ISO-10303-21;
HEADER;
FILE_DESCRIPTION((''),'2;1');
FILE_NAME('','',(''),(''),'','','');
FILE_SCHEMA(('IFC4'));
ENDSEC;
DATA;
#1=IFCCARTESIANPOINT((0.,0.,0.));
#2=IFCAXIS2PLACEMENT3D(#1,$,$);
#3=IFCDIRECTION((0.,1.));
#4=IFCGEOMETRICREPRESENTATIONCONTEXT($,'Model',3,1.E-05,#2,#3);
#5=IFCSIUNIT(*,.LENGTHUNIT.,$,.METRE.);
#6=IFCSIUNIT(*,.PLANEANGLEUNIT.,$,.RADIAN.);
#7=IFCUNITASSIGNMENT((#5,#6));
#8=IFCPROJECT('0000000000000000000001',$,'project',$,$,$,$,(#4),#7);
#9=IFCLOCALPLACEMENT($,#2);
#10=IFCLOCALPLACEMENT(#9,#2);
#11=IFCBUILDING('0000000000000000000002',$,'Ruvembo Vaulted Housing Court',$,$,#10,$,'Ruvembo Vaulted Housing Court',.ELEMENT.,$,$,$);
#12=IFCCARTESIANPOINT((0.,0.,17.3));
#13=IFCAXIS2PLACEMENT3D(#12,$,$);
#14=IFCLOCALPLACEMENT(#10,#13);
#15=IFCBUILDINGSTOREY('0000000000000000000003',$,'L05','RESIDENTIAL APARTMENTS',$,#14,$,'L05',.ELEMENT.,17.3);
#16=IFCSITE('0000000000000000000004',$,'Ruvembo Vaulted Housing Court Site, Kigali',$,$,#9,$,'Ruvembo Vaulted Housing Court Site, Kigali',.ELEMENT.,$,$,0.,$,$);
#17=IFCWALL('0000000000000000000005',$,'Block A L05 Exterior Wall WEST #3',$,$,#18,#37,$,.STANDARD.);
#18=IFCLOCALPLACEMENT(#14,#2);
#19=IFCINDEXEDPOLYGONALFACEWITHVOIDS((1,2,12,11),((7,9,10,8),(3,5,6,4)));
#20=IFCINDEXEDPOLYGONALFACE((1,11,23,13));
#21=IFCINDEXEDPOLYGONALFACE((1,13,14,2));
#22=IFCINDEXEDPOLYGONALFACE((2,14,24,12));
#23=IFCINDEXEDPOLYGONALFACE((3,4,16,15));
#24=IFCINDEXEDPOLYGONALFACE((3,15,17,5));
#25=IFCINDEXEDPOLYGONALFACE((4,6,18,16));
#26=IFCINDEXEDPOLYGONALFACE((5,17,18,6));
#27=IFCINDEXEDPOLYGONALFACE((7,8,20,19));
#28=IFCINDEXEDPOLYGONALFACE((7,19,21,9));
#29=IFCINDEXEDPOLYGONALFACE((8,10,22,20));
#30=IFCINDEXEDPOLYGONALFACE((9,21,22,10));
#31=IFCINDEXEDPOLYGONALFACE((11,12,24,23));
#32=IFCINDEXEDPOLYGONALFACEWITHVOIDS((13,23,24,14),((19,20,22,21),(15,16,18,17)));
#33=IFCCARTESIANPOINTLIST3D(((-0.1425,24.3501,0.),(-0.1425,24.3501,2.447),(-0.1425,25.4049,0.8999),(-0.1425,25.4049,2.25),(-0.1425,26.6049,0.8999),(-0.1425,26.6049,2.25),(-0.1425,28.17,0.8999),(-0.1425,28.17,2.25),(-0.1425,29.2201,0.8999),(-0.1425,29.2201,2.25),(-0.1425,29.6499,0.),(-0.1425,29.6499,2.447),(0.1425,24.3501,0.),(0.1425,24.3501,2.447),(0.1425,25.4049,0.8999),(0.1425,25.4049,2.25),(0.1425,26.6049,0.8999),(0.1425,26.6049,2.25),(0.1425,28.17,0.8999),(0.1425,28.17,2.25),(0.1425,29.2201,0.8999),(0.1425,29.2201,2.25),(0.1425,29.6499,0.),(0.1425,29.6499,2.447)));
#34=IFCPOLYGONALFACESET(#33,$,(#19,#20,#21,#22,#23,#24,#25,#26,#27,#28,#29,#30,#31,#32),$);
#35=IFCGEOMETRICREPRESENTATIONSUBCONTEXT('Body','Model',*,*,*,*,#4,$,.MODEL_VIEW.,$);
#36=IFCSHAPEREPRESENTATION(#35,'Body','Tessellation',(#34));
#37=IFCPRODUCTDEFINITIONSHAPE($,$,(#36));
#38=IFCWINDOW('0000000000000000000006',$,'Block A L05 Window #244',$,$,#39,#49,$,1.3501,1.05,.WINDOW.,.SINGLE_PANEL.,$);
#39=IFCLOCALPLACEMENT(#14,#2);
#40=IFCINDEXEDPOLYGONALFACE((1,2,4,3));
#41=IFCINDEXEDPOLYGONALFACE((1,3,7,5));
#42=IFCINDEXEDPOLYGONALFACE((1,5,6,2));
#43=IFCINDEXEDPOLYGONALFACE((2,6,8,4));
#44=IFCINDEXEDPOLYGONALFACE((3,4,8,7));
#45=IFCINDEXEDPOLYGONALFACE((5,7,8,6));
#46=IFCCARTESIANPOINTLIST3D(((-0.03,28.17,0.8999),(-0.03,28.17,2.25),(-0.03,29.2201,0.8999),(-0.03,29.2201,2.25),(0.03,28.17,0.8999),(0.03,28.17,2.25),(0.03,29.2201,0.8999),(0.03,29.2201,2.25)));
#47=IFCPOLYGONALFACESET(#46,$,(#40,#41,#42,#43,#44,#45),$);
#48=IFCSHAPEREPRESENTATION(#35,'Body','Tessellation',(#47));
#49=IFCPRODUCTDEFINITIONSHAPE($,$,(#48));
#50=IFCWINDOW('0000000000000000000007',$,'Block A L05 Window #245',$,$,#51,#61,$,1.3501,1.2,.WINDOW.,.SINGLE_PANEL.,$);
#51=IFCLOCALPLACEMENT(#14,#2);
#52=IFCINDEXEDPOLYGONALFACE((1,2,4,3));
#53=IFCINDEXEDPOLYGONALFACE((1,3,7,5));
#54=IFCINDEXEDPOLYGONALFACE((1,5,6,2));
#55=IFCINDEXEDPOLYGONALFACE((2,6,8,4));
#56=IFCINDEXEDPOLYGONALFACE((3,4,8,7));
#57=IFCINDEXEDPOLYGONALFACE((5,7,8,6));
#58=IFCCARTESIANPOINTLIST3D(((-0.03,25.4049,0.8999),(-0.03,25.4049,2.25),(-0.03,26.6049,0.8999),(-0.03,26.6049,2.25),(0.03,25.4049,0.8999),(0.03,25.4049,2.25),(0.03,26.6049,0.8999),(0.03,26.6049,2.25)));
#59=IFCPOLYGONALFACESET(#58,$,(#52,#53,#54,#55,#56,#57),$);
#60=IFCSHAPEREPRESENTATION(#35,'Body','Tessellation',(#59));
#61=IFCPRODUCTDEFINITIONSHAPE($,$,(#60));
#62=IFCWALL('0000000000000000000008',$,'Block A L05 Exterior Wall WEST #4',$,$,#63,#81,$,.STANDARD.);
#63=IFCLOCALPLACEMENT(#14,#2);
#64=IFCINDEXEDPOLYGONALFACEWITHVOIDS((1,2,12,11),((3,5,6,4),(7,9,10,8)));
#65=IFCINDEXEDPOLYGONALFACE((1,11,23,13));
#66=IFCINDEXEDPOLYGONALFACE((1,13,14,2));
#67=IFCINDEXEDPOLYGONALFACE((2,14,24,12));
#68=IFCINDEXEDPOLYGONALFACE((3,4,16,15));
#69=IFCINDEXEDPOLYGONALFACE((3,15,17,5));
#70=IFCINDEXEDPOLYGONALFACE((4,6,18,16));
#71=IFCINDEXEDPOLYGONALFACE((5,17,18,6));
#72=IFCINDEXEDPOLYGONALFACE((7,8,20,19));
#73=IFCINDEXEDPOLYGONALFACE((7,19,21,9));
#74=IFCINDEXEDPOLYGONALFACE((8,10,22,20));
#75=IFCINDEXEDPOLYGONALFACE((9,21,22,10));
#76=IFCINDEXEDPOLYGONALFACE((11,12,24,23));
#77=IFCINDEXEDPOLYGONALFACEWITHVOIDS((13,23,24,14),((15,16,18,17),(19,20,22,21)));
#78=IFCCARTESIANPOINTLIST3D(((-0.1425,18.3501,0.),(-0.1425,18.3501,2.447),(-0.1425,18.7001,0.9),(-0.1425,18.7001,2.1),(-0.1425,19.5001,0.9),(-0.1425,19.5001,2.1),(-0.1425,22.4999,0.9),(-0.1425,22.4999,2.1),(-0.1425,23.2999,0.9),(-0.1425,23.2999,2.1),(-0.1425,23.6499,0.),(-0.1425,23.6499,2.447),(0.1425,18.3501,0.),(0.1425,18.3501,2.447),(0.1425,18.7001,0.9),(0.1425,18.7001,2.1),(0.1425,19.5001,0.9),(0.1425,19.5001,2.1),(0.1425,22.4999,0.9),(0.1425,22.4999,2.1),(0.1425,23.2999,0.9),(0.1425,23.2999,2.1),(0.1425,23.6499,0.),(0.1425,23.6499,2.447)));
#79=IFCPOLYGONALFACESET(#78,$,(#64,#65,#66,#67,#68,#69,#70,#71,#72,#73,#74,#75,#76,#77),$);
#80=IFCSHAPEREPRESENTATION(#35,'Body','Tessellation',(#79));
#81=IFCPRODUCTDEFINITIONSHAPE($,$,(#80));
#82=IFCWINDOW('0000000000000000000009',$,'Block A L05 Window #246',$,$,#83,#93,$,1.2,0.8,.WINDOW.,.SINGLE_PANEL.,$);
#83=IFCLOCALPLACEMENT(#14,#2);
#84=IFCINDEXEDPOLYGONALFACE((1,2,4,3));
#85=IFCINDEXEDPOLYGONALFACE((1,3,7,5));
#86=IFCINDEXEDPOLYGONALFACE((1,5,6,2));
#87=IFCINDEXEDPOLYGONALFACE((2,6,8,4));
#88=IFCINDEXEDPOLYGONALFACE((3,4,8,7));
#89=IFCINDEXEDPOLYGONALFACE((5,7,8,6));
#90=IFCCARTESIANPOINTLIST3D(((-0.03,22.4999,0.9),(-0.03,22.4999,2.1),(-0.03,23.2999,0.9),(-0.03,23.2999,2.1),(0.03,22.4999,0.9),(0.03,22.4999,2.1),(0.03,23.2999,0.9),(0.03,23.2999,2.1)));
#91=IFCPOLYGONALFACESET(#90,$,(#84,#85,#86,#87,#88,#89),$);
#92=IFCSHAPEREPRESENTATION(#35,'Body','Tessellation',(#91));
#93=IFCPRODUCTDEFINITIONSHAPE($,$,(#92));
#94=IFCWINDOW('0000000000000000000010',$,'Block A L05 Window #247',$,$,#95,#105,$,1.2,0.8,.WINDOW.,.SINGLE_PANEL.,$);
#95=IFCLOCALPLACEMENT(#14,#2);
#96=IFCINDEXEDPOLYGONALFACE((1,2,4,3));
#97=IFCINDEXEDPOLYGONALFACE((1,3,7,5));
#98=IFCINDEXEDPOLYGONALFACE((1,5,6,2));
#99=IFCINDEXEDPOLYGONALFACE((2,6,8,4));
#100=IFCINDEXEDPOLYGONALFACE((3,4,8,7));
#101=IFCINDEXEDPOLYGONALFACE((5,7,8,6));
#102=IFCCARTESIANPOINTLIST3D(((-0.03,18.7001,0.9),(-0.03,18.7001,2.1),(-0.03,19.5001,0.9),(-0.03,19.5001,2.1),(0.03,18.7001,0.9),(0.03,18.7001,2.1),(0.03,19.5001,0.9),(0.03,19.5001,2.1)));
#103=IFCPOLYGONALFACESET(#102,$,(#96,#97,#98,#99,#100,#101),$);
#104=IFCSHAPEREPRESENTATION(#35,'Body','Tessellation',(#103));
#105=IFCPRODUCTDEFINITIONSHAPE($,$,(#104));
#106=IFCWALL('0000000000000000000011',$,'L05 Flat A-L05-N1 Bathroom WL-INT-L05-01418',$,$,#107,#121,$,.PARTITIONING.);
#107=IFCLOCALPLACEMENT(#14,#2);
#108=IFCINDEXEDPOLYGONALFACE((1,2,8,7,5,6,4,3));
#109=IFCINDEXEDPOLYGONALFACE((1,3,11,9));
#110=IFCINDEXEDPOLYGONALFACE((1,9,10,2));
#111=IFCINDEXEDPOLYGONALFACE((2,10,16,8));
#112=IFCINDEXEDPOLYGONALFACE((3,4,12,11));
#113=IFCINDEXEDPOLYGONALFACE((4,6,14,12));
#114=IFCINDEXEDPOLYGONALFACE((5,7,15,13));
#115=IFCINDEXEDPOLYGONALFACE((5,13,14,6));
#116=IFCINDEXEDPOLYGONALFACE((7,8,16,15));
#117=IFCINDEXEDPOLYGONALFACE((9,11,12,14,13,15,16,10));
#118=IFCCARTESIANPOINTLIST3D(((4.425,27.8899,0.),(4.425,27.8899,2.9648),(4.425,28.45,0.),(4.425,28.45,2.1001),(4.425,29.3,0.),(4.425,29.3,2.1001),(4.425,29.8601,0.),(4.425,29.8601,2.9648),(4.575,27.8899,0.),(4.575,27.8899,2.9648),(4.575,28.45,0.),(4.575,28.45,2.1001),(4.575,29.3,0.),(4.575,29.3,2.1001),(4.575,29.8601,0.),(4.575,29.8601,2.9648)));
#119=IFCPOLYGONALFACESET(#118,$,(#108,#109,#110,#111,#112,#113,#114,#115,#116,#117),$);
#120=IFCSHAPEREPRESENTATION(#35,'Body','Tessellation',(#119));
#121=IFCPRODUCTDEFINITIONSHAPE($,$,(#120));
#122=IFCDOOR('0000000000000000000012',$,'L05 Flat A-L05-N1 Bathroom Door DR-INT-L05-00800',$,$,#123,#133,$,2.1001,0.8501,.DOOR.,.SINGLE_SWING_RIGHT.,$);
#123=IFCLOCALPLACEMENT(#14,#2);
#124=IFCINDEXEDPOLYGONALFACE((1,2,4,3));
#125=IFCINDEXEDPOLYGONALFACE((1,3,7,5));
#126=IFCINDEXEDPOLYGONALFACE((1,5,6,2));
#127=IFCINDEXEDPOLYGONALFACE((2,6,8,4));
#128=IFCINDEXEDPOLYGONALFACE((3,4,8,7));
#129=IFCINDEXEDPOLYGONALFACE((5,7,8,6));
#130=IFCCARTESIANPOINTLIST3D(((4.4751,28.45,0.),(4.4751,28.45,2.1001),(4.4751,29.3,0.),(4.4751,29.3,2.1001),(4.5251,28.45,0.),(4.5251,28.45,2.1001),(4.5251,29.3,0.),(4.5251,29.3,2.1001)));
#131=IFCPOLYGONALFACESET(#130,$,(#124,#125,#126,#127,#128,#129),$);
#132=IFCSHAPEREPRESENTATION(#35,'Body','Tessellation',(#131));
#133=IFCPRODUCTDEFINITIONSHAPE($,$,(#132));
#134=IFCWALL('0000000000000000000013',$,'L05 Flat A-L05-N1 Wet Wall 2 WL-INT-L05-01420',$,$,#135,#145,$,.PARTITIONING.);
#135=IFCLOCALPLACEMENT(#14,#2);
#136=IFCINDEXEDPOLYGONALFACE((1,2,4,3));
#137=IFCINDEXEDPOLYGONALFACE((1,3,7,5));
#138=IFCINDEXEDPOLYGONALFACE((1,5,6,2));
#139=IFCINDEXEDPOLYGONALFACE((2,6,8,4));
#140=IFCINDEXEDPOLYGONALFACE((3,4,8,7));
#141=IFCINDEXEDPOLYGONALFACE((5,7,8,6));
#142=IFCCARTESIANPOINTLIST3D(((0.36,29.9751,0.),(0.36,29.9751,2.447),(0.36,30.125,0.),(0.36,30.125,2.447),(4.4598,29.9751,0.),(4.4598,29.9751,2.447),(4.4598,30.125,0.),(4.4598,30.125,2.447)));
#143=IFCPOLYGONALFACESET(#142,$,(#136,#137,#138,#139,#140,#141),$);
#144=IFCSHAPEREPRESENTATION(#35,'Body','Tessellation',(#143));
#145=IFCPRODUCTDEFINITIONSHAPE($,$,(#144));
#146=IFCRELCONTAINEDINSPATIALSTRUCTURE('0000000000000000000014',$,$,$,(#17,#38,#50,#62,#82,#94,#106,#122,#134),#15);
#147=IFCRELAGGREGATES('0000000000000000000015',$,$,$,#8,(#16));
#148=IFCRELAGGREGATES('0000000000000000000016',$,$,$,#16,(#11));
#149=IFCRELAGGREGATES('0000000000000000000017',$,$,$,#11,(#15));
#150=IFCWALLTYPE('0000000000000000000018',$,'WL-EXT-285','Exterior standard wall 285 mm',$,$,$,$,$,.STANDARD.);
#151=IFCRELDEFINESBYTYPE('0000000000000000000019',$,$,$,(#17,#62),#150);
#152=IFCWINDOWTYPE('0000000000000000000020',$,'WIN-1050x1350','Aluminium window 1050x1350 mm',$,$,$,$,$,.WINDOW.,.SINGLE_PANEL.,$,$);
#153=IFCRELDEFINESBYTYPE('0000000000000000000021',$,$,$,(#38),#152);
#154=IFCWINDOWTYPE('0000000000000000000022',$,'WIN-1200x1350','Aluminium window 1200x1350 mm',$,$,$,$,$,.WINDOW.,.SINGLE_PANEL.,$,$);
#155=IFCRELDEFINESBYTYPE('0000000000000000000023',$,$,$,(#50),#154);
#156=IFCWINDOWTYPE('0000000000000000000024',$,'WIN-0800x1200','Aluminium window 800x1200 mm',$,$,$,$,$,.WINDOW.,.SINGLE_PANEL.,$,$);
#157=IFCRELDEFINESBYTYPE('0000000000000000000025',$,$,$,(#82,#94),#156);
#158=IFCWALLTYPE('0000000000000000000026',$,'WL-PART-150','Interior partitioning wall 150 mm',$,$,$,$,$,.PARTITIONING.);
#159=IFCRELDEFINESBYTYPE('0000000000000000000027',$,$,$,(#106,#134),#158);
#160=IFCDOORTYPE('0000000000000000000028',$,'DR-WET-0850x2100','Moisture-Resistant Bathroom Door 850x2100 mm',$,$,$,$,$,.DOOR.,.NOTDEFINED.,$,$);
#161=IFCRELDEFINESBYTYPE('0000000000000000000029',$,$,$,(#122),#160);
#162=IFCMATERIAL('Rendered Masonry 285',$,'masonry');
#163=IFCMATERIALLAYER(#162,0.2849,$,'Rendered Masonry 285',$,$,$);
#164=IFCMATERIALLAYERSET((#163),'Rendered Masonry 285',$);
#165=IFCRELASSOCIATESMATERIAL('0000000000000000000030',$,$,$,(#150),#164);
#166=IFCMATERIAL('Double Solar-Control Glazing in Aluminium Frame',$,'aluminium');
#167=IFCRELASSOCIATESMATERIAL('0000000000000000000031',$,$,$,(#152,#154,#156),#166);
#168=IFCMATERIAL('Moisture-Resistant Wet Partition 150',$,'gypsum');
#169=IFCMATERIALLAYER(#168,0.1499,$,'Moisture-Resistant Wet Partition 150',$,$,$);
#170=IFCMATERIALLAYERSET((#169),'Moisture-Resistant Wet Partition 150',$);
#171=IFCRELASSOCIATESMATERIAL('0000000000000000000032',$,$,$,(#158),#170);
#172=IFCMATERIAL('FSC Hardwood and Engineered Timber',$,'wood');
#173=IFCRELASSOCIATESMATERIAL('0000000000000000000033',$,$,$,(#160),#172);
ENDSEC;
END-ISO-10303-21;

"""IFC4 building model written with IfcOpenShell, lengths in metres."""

from ifc_helpers import new_model, si_unit, direction, frame, frame_2d, origin, place, context, subcontext, project, spatial, rectangle, extrude, material, layer, layer_set, type_object, element, fill, save


model = new_model("IFC4")

# Units and contexts
model_context = context("Model", 3, precision=1e-05, world=origin(), true_north=direction((0.0, 1.0)))
body_context = subcontext(model_context, "Body", "Model", "MODEL_VIEW")
ifc_project = project(units=[si_unit("LENGTHUNIT", "METRE"), si_unit("PLANEANGLEUNIT", "RADIAN")], contexts=[model_context])

# Site, building, storey
site_placement = place(None, origin())
site = spatial("IfcSite", under=ifc_project, at=site_placement, Name="Ruvembo Vaulted Housing Court Site, Kigali", LongName="Ruvembo Vaulted Housing Court Site, Kigali", CompositionType="ELEMENT", RefElevation=0.0)
building_placement = place(site_placement, origin())
building = spatial("IfcBuilding", under=site, at=building_placement, Name="Ruvembo Vaulted Housing Court", LongName="Ruvembo Vaulted Housing Court", CompositionType="ELEMENT")
storey_placement = place(building_placement, frame((0.0, 0.0, 17.3)))
storey = spatial("IfcBuildingStorey", under=building, at=storey_placement, Name="L05", Description="RESIDENTIAL APARTMENTS", LongName="L05", CompositionType="ELEMENT", Elevation=17.3)

# Shared definitions
ifc_material_1 = material(Name="FSC Hardwood and Engineered Timber", Category="wood")

# Walls, openings, windows
ifc_material_2 = material(Name="Rendered Masonry 285", Category="masonry")
ifc_layer_1 = layer(ifc_material_2, 0.2849, Name="Rendered Masonry 285")
ifc_layer_set_1 = layer_set([ifc_layer_1], Name="Rendered Masonry 285")
wall_type_1 = type_object("IfcWallType", Name="WL-EXT-285", Description="Exterior standard wall 285 mm", PredefinedType="STANDARD", material=ifc_layer_set_1)
wall_1_placement = place(storey_placement, frame((0.0, 29.6499, 0.0), z_axis=(0.0, 0.0, 1.0), x_axis=(0.0, -1.0, 0.0)))
wall_1 = element("IfcWall", 1, at=wall_1_placement, inside=storey, type_object=wall_type_1, Name="Block A L05 Exterior Wall WEST #3", PredefinedType="STANDARD", context=body_context, shape_type="SweptSolid", body=[
    extrude(rectangle(XDim=5.2998, YDim=0.2849, at=frame_2d((2.6499, 0.0))), origin(), (0.0, 0.0, 1.0), 2.447),
])
opening_1_placement = place(wall_1_placement, frame((0.4299, 0.0, 0.8999)))
opening_1 = element("IfcOpeningElement", 2, at=opening_1_placement, cuts=wall_1, PredefinedType="OPENING", context=body_context, shape_type="SweptSolid", body=[
    extrude(rectangle(XDim=1.05, YDim=1.3501, at=frame_2d((0.5249, 0.675))), frame((0.0, 0.1523, 0.0), z_axis=(0.0, -1.0, 0.0), x_axis=(1.0, 0.0, 0.0)), (0.0, 0.0, 1.0), 0.3049),
])
opening_2_placement = place(wall_1_placement, frame((3.0449, 0.0, 0.8999)))
opening_2 = element("IfcOpeningElement", 3, at=opening_2_placement, cuts=wall_1, PredefinedType="OPENING", context=body_context, shape_type="SweptSolid", body=[
    extrude(rectangle(XDim=1.2, YDim=1.3501, at=frame_2d((0.6001, 0.675))), frame((0.0, 0.1523, 0.0), z_axis=(0.0, -1.0, 0.0), x_axis=(1.0, 0.0, 0.0)), (0.0, 0.0, 1.0), 0.3049),
])
ifc_material_3 = material(Name="Double Solar-Control Glazing in Aluminium Frame", Category="aluminium")
window_type_1 = type_object("IfcWindowType", Name="WIN-1050x1350", Description="Aluminium window 1050x1350 mm", PartitioningType="SINGLE_PANEL", PredefinedType="WINDOW", material=ifc_material_3)
window_1_placement = place(opening_1_placement, origin())
window_1 = element("IfcWindow", 4, at=window_1_placement, inside=storey, type_object=window_type_1, Name="Block A L05 Window #244", OverallHeight=1.3501, OverallWidth=1.05, PartitioningType="SINGLE_PANEL", PredefinedType="WINDOW", context=body_context, shape_type="SweptSolid", body=[
    extrude(rectangle(XDim=1.05, YDim=1.3501, at=frame_2d((0.5249, 0.675))), frame((0.0, 0.03, 0.0), z_axis=(0.0, -1.0, 0.0), x_axis=(1.0, 0.0, 0.0)), (0.0, 0.0, 1.0), 0.0601),
])
fill(opening_1, window_1)
window_type_2 = type_object("IfcWindowType", Name="WIN-1200x1350", Description="Aluminium window 1200x1350 mm", PartitioningType="SINGLE_PANEL", PredefinedType="WINDOW", material=ifc_material_3)
window_2_placement = place(opening_2_placement, origin())
window_2 = element("IfcWindow", 5, at=window_2_placement, inside=storey, type_object=window_type_2, Name="Block A L05 Window #245", OverallHeight=1.3501, OverallWidth=1.2, PartitioningType="SINGLE_PANEL", PredefinedType="WINDOW", context=body_context, shape_type="SweptSolid", body=[
    extrude(rectangle(XDim=1.2, YDim=1.3501, at=frame_2d((0.6001, 0.675))), frame((0.0, 0.03, 0.0), z_axis=(0.0, -1.0, 0.0), x_axis=(1.0, 0.0, 0.0)), (0.0, 0.0, 1.0), 0.0601),
])
fill(opening_2, window_2)
wall_2_placement = place(storey_placement, frame((0.0, 23.6499, 0.0), z_axis=(0.0, 0.0, 1.0), x_axis=(0.0, -1.0, 0.0)))
wall_2 = element("IfcWall", 6, at=wall_2_placement, inside=storey, type_object=wall_type_1, Name="Block A L05 Exterior Wall WEST #4", PredefinedType="STANDARD", context=body_context, shape_type="SweptSolid", body=[
    extrude(rectangle(XDim=5.2998, YDim=0.2849, at=frame_2d((2.6499, 0.0))), origin(), (0.0, 0.0, 1.0), 2.447),
])
opening_3_placement = place(wall_2_placement, frame((0.3501, 0.0, 0.8999)))
opening_3 = element("IfcOpeningElement", 7, at=opening_3_placement, cuts=wall_2, PredefinedType="OPENING", context=body_context, shape_type="SweptSolid", body=[
    extrude(rectangle(XDim=0.8, YDim=1.2, at=frame_2d((0.3999, 0.6001))), frame((0.0, 0.1523, 0.0), z_axis=(0.0, -1.0, 0.0), x_axis=(1.0, 0.0, 0.0)), (0.0, 0.0, 1.0), 0.3049),
])
opening_4_placement = place(wall_2_placement, frame((4.1499, 0.0, 0.8999)))
opening_4 = element("IfcOpeningElement", 8, at=opening_4_placement, cuts=wall_2, PredefinedType="OPENING", context=body_context, shape_type="SweptSolid", body=[
    extrude(rectangle(XDim=0.8, YDim=1.2, at=frame_2d((0.3999, 0.6001))), frame((0.0, 0.1523, 0.0), z_axis=(0.0, -1.0, 0.0), x_axis=(1.0, 0.0, 0.0)), (0.0, 0.0, 1.0), 0.3049),
])
window_type_3 = type_object("IfcWindowType", Name="WIN-0800x1200", Description="Aluminium window 800x1200 mm", PartitioningType="SINGLE_PANEL", PredefinedType="WINDOW", material=ifc_material_3)
window_3_placement = place(opening_3_placement, origin())
window_3 = element("IfcWindow", 9, at=window_3_placement, inside=storey, type_object=window_type_3, Name="Block A L05 Window #246", OverallHeight=1.2, OverallWidth=0.8, PartitioningType="SINGLE_PANEL", PredefinedType="WINDOW", context=body_context, shape_type="SweptSolid", body=[
    extrude(rectangle(XDim=0.8, YDim=1.2, at=frame_2d((0.3999, 0.6001))), frame((0.0, 0.03, 0.0), z_axis=(0.0, -1.0, 0.0), x_axis=(1.0, 0.0, 0.0)), (0.0, 0.0, 1.0), 0.0601),
])
fill(opening_3, window_3)
window_4_placement = place(opening_4_placement, origin())
window_4 = element("IfcWindow", 10, at=window_4_placement, inside=storey, type_object=window_type_3, Name="Block A L05 Window #247", OverallHeight=1.2, OverallWidth=0.8, PartitioningType="SINGLE_PANEL", PredefinedType="WINDOW", context=body_context, shape_type="SweptSolid", body=[
    extrude(rectangle(XDim=0.8, YDim=1.2, at=frame_2d((0.3999, 0.6001))), frame((0.0, 0.03, 0.0), z_axis=(0.0, -1.0, 0.0), x_axis=(1.0, 0.0, 0.0)), (0.0, 0.0, 1.0), 0.0601),
])
fill(opening_4, window_4)

# Wall, opening, door
ifc_material_4 = material(Name="Moisture-Resistant Wet Partition 150", Category="gypsum")
ifc_layer_2 = layer(ifc_material_4, 0.1499, Name="Moisture-Resistant Wet Partition 150")
ifc_layer_set_2 = layer_set([ifc_layer_2], Name="Moisture-Resistant Wet Partition 150")
wall_type_2 = type_object("IfcWallType", Name="WL-PART-150", Description="Interior partitioning wall 150 mm", PredefinedType="PARTITIONING", material=ifc_layer_set_2)
wall_3_placement = place(storey_placement, frame((4.5, 27.8899, 0.0), z_axis=(0.0, 0.0, 1.0), x_axis=(0.0, 1.0, 0.0)))
wall_3 = element("IfcWall", 11, at=wall_3_placement, inside=storey, type_object=wall_type_2, Name="L05 Flat A-L05-N1 Bathroom WL-INT-L05-01418", PredefinedType="PARTITIONING", context=body_context, shape_type="SweptSolid", body=[
    extrude(rectangle(XDim=1.9702, YDim=0.1499, at=frame_2d((0.9851, 0.0))), origin(), (0.0, 0.0, 1.0), 2.9648),
])
opening_5_placement = place(wall_3_placement, frame((0.5601, 0.0, 0.0)))
opening_5 = element("IfcOpeningElement", 12, at=opening_5_placement, cuts=wall_3, PredefinedType="OPENING", context=body_context, shape_type="SweptSolid", body=[
    extrude(rectangle(XDim=0.8501, YDim=2.1001, at=frame_2d((0.425, 1.05))), frame((0.0, 0.085, 0.0), z_axis=(0.0, -1.0, 0.0), x_axis=(1.0, 0.0, 0.0)), (0.0, 0.0, 1.0), 0.1699),
])
door_type_1 = type_object("IfcDoorType", Name="DR-WET-0850x2100", Description="Moisture-Resistant Bathroom Door 850x2100 mm", OperationType="NOTDEFINED", PredefinedType="DOOR", material=ifc_material_1)
door_1_placement = place(opening_5_placement, origin())
door_1 = element("IfcDoor", 13, at=door_1_placement, inside=storey, type_object=door_type_1, Name="L05 Flat A-L05-N1 Bathroom Door DR-INT-L05-00800", OperationType="SINGLE_SWING_RIGHT", OverallHeight=2.1001, OverallWidth=0.8501, PredefinedType="DOOR", context=body_context, shape_type="SweptSolid", body=[
    extrude(rectangle(XDim=0.8501, YDim=2.1001, at=frame_2d((0.425, 1.05))), frame((0.0, 0.0249, 0.0), z_axis=(0.0, -1.0, 0.0), x_axis=(1.0, 0.0, 0.0)), (0.0, 0.0, 1.0), 0.05),
])
fill(opening_5, door_1)

# Wall
wall_4_placement = place(storey_placement, frame((0.3601, 30.05, 0.0), z_axis=(0.0, 0.0, 1.0), x_axis=(1.0, 0.0, 0.0)))
element("IfcWall", 14, at=wall_4_placement, inside=storey, type_object=wall_type_2, Name="L05 Flat A-L05-N1 Wet Wall 2 WL-INT-L05-01420", PredefinedType="PARTITIONING", context=body_context, shape_type="SweptSolid", body=[
    extrude(rectangle(XDim=4.0999, YDim=0.1499, at=frame_2d((2.0498, 0.0))), origin(), (0.0, 0.0, 1.0), 2.447),
])

save(model, "model.ifc")
